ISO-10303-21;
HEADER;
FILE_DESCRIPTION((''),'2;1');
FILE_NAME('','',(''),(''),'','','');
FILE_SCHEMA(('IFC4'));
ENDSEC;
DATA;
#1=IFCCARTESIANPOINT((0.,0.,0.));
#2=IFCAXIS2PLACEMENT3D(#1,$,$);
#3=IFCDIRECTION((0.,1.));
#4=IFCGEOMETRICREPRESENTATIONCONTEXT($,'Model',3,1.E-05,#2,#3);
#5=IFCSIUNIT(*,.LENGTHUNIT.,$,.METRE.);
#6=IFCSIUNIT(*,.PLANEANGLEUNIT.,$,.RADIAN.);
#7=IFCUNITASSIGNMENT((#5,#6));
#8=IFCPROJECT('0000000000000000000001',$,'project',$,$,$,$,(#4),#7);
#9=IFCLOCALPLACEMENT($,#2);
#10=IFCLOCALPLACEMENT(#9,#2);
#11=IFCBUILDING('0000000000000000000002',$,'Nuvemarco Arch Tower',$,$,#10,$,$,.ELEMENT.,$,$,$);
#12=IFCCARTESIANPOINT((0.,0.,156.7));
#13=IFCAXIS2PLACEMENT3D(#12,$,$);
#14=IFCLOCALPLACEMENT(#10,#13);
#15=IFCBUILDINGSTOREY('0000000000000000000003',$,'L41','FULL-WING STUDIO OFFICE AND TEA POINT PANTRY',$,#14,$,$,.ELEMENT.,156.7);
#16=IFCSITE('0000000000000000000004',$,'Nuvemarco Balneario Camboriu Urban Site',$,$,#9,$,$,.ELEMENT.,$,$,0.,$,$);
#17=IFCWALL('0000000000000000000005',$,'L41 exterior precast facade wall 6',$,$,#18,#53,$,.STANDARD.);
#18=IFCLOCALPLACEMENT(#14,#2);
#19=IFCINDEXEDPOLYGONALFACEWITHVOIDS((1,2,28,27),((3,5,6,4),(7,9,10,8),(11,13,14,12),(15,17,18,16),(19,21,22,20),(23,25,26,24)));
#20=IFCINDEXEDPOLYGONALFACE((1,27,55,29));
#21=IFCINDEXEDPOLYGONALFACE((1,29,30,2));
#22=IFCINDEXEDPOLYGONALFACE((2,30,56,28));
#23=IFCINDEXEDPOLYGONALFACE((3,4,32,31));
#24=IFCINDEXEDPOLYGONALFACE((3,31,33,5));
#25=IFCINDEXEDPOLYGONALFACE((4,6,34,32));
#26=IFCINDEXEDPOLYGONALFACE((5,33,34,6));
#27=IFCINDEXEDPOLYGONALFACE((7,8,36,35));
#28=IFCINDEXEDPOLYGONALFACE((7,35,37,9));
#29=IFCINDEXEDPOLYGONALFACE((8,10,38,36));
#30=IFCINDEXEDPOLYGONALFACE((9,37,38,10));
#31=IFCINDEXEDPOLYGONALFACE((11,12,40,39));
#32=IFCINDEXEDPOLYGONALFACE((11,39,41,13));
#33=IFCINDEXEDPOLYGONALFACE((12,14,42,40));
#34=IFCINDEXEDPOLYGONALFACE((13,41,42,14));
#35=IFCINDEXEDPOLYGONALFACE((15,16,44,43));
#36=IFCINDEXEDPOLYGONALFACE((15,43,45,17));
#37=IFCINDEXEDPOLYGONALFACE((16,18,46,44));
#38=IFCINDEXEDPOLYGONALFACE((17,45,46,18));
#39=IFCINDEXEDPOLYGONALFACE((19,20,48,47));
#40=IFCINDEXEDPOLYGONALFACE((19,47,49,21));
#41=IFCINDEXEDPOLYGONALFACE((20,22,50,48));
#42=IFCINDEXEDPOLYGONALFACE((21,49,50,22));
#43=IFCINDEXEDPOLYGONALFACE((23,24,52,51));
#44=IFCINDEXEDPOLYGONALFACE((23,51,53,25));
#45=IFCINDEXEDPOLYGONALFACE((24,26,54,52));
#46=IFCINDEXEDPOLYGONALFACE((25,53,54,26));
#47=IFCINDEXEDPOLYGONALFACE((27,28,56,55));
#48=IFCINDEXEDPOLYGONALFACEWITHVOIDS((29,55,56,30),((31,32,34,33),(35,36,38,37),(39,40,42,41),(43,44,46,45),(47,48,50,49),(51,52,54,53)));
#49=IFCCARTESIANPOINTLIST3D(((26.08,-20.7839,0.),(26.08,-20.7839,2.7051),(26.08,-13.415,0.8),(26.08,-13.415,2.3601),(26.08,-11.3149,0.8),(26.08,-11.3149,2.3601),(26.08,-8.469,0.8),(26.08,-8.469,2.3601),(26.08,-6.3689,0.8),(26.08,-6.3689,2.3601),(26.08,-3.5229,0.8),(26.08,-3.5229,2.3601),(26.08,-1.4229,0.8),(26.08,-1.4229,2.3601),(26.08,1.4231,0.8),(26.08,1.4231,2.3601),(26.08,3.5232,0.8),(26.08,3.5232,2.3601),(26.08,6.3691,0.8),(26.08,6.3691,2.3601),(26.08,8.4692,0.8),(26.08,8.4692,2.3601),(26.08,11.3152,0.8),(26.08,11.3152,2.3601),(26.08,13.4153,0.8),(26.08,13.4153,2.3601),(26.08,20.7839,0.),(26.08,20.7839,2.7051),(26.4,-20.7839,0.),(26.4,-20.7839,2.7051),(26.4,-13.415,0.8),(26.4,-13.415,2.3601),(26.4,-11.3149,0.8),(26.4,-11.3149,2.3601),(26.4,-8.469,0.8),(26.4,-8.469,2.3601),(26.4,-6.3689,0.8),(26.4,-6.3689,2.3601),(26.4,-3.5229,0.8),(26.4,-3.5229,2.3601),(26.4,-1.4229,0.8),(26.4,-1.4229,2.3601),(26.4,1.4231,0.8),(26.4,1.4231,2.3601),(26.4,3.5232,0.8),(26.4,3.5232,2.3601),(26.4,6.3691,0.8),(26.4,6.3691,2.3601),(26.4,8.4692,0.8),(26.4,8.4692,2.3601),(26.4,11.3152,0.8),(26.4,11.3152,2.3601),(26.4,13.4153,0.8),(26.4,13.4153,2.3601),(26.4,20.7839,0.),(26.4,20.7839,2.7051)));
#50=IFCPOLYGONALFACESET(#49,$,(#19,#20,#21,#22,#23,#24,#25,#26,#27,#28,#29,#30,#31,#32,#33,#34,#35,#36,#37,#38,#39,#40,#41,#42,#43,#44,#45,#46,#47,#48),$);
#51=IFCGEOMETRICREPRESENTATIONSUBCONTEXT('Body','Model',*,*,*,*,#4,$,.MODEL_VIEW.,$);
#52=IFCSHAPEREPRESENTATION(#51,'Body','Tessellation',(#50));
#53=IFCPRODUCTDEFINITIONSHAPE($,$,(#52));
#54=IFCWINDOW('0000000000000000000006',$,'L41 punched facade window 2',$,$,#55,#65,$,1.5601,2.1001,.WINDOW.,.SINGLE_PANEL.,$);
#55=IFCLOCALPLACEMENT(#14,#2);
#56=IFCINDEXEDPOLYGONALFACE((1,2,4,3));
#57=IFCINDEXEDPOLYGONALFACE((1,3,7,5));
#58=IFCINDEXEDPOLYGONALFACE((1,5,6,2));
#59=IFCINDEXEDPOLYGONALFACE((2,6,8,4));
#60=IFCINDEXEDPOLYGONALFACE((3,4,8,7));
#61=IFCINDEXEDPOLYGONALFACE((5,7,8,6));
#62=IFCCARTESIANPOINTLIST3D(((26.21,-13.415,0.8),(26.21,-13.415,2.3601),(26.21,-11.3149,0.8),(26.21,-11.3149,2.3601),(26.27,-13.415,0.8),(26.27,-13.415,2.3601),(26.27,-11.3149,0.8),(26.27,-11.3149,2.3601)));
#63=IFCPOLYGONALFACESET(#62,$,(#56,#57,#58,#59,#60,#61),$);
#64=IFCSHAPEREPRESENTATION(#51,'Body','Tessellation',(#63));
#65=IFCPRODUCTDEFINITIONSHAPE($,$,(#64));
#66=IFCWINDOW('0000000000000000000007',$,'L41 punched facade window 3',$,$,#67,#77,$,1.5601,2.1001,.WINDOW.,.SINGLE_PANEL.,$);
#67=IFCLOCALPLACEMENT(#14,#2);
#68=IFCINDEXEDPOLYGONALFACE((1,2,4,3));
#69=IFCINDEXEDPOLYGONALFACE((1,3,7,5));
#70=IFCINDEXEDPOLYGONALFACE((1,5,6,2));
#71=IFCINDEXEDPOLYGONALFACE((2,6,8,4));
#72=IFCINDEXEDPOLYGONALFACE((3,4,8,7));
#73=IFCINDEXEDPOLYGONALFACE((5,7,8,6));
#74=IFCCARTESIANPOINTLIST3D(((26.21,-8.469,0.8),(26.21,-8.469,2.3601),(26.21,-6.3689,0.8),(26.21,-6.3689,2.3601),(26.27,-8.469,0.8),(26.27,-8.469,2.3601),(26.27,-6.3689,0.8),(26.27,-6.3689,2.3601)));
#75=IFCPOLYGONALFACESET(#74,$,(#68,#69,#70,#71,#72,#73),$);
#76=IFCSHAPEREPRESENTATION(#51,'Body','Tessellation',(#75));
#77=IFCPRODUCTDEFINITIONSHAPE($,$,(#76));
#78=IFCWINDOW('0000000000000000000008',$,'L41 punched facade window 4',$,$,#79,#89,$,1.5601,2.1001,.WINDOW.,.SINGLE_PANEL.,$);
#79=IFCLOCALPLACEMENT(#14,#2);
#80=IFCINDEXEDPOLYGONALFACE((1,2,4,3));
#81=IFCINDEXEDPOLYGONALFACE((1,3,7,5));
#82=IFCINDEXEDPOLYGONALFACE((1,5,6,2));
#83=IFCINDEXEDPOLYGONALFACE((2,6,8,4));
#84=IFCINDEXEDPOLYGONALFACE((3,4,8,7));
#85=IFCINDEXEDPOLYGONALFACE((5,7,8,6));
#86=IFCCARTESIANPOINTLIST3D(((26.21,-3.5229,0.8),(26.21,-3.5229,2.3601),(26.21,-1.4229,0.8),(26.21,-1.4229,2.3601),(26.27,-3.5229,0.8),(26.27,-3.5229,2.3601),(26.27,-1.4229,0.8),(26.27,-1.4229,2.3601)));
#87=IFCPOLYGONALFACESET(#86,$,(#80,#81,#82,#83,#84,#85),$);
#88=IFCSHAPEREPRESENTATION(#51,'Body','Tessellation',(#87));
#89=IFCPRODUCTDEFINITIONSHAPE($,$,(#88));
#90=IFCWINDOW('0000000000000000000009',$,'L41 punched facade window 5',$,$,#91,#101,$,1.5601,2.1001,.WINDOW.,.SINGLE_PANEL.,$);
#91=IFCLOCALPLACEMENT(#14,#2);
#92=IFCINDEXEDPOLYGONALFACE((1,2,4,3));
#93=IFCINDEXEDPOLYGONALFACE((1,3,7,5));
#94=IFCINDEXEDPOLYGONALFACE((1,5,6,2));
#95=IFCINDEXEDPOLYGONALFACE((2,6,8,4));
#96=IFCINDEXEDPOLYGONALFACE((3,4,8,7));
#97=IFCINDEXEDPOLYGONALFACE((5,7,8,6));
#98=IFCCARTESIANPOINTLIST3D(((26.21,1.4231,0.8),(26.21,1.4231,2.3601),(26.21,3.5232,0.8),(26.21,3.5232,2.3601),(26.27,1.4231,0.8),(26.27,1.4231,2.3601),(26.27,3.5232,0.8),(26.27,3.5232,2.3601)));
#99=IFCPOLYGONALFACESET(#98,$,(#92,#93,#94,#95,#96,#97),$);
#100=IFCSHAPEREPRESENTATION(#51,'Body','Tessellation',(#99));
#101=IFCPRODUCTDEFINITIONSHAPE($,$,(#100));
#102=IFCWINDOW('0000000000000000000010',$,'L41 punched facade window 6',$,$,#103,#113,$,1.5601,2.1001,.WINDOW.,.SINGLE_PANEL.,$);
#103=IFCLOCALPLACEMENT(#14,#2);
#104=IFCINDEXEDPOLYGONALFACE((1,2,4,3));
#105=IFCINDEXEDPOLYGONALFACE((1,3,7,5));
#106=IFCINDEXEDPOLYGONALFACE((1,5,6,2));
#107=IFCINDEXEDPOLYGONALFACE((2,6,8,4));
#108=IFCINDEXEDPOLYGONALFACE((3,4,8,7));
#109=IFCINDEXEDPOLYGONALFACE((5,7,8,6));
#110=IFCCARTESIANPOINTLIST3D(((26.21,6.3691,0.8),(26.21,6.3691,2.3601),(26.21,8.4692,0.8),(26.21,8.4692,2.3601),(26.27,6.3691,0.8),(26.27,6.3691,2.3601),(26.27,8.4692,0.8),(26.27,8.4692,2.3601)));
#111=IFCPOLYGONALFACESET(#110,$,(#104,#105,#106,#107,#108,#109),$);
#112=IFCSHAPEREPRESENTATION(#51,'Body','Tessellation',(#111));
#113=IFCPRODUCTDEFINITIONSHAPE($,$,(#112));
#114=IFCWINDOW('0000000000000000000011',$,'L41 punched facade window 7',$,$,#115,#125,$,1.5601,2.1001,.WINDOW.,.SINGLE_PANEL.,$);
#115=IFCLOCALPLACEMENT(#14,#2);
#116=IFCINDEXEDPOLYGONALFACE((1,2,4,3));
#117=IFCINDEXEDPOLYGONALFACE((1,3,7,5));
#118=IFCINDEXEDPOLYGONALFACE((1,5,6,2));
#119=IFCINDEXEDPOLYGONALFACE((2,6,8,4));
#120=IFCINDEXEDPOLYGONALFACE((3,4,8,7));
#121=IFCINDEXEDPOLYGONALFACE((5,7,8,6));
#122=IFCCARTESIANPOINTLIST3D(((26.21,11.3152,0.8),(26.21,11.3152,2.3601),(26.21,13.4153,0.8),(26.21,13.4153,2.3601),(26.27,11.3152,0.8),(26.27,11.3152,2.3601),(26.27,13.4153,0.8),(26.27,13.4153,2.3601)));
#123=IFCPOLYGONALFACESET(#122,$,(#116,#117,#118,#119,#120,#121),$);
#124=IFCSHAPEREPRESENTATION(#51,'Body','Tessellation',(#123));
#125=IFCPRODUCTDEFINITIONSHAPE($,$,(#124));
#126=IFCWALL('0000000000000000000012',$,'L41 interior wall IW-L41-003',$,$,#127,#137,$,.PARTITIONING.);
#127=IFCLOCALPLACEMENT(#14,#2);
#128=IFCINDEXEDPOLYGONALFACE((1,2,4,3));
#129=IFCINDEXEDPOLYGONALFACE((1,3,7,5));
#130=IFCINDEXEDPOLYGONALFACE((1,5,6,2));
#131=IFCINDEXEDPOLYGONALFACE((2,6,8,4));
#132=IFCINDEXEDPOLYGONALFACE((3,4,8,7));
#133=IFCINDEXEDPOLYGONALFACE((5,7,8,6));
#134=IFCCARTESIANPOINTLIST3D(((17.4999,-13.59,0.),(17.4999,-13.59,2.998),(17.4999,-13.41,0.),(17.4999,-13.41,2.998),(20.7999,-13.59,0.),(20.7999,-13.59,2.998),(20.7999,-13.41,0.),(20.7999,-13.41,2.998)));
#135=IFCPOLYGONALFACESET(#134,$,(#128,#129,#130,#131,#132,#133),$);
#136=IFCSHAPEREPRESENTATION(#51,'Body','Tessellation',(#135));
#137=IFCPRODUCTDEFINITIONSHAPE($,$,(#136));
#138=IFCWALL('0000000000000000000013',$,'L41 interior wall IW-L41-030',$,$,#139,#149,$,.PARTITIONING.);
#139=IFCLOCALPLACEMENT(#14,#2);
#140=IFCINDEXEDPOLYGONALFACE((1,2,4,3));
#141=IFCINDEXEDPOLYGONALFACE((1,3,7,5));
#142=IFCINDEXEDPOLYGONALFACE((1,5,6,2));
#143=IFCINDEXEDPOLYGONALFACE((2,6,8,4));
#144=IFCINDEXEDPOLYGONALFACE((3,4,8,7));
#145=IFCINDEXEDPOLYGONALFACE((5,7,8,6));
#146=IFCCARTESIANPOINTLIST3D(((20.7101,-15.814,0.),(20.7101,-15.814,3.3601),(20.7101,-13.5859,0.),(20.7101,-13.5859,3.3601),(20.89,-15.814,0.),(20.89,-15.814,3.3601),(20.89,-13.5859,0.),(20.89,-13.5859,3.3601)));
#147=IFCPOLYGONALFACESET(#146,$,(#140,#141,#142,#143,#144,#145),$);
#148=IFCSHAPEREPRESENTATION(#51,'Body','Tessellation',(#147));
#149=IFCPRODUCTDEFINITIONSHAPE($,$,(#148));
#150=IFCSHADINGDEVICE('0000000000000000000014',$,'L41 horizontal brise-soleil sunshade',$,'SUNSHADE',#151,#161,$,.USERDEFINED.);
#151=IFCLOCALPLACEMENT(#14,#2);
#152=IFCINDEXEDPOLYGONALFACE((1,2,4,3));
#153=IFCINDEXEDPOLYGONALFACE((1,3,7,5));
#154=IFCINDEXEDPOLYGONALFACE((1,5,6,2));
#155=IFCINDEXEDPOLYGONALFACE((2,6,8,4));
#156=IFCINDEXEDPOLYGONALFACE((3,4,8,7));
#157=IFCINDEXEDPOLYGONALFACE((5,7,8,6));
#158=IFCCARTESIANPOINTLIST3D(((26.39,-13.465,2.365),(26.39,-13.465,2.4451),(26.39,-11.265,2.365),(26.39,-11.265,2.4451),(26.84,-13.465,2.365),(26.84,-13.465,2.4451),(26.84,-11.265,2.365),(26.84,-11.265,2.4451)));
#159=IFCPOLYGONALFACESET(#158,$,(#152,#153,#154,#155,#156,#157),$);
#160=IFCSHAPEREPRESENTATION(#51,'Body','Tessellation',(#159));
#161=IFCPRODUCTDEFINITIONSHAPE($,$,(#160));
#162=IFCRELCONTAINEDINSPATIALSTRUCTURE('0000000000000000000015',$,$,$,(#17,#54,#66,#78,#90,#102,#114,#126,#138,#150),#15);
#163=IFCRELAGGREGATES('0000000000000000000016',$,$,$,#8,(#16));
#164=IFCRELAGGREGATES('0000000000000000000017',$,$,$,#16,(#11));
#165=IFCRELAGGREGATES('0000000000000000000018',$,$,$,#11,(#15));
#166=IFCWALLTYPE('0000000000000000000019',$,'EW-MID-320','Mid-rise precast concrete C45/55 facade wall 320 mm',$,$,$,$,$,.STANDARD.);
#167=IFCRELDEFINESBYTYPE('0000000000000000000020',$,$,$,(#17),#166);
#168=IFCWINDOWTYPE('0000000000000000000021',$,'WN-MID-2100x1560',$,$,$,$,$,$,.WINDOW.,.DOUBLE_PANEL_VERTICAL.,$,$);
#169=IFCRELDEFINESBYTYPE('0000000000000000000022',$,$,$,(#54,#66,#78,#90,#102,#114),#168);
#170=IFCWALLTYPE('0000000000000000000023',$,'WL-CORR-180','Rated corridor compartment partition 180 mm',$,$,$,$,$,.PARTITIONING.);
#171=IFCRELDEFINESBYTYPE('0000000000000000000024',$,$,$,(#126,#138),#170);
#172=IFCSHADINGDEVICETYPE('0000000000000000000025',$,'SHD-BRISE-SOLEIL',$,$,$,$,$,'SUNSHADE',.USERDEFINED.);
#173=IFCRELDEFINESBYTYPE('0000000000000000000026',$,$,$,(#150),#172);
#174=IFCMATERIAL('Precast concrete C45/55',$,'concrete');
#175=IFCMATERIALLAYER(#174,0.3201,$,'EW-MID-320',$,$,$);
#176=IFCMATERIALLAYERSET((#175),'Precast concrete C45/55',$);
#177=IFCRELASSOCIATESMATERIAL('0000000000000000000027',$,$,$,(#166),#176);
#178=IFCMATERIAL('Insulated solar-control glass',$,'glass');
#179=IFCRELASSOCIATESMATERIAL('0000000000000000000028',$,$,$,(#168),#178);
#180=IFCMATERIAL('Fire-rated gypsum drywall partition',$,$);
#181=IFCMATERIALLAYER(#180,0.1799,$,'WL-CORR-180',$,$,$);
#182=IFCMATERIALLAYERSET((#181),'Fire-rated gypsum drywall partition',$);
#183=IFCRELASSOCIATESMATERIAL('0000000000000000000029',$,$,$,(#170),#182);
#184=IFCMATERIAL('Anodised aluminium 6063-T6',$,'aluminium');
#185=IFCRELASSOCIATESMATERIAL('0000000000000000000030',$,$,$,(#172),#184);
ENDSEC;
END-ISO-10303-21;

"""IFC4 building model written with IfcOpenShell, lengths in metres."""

from ifc_helpers import new_model, si_unit, direction, frame, frame_2d, origin, origin_2d, place, context, subcontext, project, spatial, rectangle, extrude, source, transform, mapped, material, layer, layer_set, type_object, type_shapes, element, fill, save


model = new_model("IFC4")

# Units and contexts
model_context = context("Model", 3, precision=1e-05, world=origin(), true_north=direction((0.0, 1.0)))
body_context = subcontext(model_context, "Body", "Model", "MODEL_VIEW")
ifc_project = project(units=[si_unit("LENGTHUNIT", "METRE"), si_unit("PLANEANGLEUNIT", "RADIAN")], contexts=[model_context])

# Site, building, storey
site_placement = place(None, origin())
site = spatial("IfcSite", under=ifc_project, at=site_placement, Name="Nuvemarco Balneario Camboriu Urban Site", CompositionType="ELEMENT", RefElevation=0.0)
building_placement = place(site_placement, origin())
building = spatial("IfcBuilding", under=site, at=building_placement, Name="Nuvemarco Arch Tower", CompositionType="ELEMENT")
storey_placement = place(building_placement, frame((0.0, 0.0, 156.7)))
storey = spatial("IfcBuildingStorey", under=building, at=storey_placement, Name="L41", Description="FULL-WING STUDIO OFFICE AND TEA POINT PANTRY", CompositionType="ELEMENT", Elevation=156.7)

# Shared definitions
ifc_material_1 = material(Name="Precast concrete C45/55", Category="concrete")

# Shared definitions
ifc_layer_1 = layer(ifc_material_1, 0.3201, Name="EW-MID-320")
ifc_layer_set_1 = layer_set([ifc_layer_1], Name="Precast concrete C45/55")
wall_type_1 = type_object("IfcWallType", Name="EW-MID-320", Description="Mid-rise precast concrete C45/55 facade wall 320 mm", PredefinedType="STANDARD", material=ifc_layer_set_1)

# Wall, openings, windows
wall_1_placement = place(storey_placement, frame((26.24, -20.7839, 0.0), z_axis=(0.0, 0.0, 1.0), x_axis=(0.0, 1.0, 0.0)))
wall_1 = element("IfcWall", 1, at=wall_1_placement, inside=storey, type_object=wall_type_1, Name="L41 exterior precast facade wall 6", PredefinedType="STANDARD", context=body_context, shape_type="SweptSolid", body=[
    extrude(rectangle(XDim=41.5679, YDim=0.3201, at=frame_2d((20.7839, 0.0))), origin(), (0.0, 0.0, 1.0), 2.7051),
])
opening_1_placement = place(wall_1_placement, frame((7.3689, 0.0, 0.8)))
opening_1 = element("IfcOpeningElement", 2, at=opening_1_placement, cuts=wall_1, PredefinedType="OPENING", context=body_context, shape_type="SweptSolid", body=[
    extrude(rectangle(XDim=2.1001, YDim=1.5601, at=frame_2d((1.05, 0.78))), frame((0.0, 0.1699, 0.0), z_axis=(0.0, -1.0, 0.0), x_axis=(1.0, 0.0, 0.0)), (0.0, 0.0, 1.0), 0.3401),
])
opening_2_placement = place(wall_1_placement, frame((12.3149, 0.0, 0.8)))
opening_2 = element("IfcOpeningElement", 3, at=opening_2_placement, cuts=wall_1, PredefinedType="OPENING", context=body_context, shape_type="SweptSolid", body=[
    extrude(rectangle(XDim=2.1001, YDim=1.5601, at=frame_2d((1.05, 0.78))), frame((0.0, 0.1699, 0.0), z_axis=(0.0, -1.0, 0.0), x_axis=(1.0, 0.0, 0.0)), (0.0, 0.0, 1.0), 0.3401),
])
opening_3_placement = place(wall_1_placement, frame((17.261, 0.0, 0.8)))
opening_3 = element("IfcOpeningElement", 4, at=opening_3_placement, cuts=wall_1, PredefinedType="OPENING", context=body_context, shape_type="SweptSolid", body=[
    extrude(rectangle(XDim=2.1001, YDim=1.5601, at=frame_2d((1.05, 0.78))), frame((0.0, 0.1699, 0.0), z_axis=(0.0, -1.0, 0.0), x_axis=(1.0, 0.0, 0.0)), (0.0, 0.0, 1.0), 0.3401),
])
opening_4_placement = place(wall_1_placement, frame((22.207, 0.0, 0.8)))
opening_4 = element("IfcOpeningElement", 5, at=opening_4_placement, cuts=wall_1, PredefinedType="OPENING", context=body_context, shape_type="SweptSolid", body=[
    extrude(rectangle(XDim=2.1001, YDim=1.5601, at=frame_2d((1.05, 0.78))), frame((0.0, 0.1699, 0.0), z_axis=(0.0, -1.0, 0.0), x_axis=(1.0, 0.0, 0.0)), (0.0, 0.0, 1.0), 0.3401),
])
opening_5_placement = place(wall_1_placement, frame((27.1531, 0.0, 0.8)))
opening_5 = element("IfcOpeningElement", 6, at=opening_5_placement, cuts=wall_1, PredefinedType="OPENING", context=body_context, shape_type="SweptSolid", body=[
    extrude(rectangle(XDim=2.1001, YDim=1.5601, at=frame_2d((1.05, 0.78))), frame((0.0, 0.1699, 0.0), z_axis=(0.0, -1.0, 0.0), x_axis=(1.0, 0.0, 0.0)), (0.0, 0.0, 1.0), 0.3401),
])
opening_6_placement = place(wall_1_placement, frame((32.0991, 0.0, 0.8)))
opening_6 = element("IfcOpeningElement", 7, at=opening_6_placement, cuts=wall_1, PredefinedType="OPENING", context=body_context, shape_type="SweptSolid", body=[
    extrude(rectangle(XDim=2.1001, YDim=1.5601, at=frame_2d((1.05, 0.78))), frame((0.0, 0.1699, 0.0), z_axis=(0.0, -1.0, 0.0), x_axis=(1.0, 0.0, 0.0)), (0.0, 0.0, 1.0), 0.3401),
])
ifc_material_2 = material(Name="Insulated solar-control glass", Category="glass")
window_type = type_object("IfcWindowType", Name="WN-MID-2100x1560", PartitioningType="DOUBLE_PANEL_VERTICAL", PredefinedType="WINDOW", material=ifc_material_2)
shared_shape_1 = source(origin(), body_context, "Body", "SweptSolid", [
    extrude(rectangle(XDim=2.1001, YDim=1.5601, at=frame_2d((1.05, 0.78))), frame((0.0, 0.03, 0.0), z_axis=(0.0, -1.0, 0.0), x_axis=(1.0, 0.0, 0.0)), (0.0, 0.0, 1.0), 0.0601),
])
type_shapes(window_type, [shared_shape_1])
window_1_placement = place(opening_1_placement, origin())
window_1 = element("IfcWindow", 8, at=window_1_placement, inside=storey, type_object=window_type, Name="L41 punched facade window 2", OverallHeight=1.5601, OverallWidth=2.1001, PartitioningType="SINGLE_PANEL", PredefinedType="WINDOW", context=body_context, shape_type="MappedRepresentation", body=[
    mapped(shared_shape_1, transform((0.0, 0.0, 0.0), scale=1.0)),
])
fill(opening_1, window_1)
window_2_placement = place(opening_2_placement, origin())
window_2 = element("IfcWindow", 9, at=window_2_placement, inside=storey, type_object=window_type, Name="L41 punched facade window 3", OverallHeight=1.5601, OverallWidth=2.1001, PartitioningType="SINGLE_PANEL", PredefinedType="WINDOW", context=body_context, shape_type="MappedRepresentation", body=[
    mapped(shared_shape_1, transform((0.0, 0.0, 0.0), scale=1.0)),
])
fill(opening_2, window_2)
window_3_placement = place(opening_3_placement, origin())
window_3 = element("IfcWindow", 10, at=window_3_placement, inside=storey, type_object=window_type, Name="L41 punched facade window 4", OverallHeight=1.5601, OverallWidth=2.1001, PartitioningType="SINGLE_PANEL", PredefinedType="WINDOW", context=body_context, shape_type="MappedRepresentation", body=[
    mapped(shared_shape_1, transform((0.0, 0.0, 0.0), scale=1.0)),
])
fill(opening_3, window_3)
window_4_placement = place(opening_4_placement, origin())
window_4 = element("IfcWindow", 11, at=window_4_placement, inside=storey, type_object=window_type, Name="L41 punched facade window 5", OverallHeight=1.5601, OverallWidth=2.1001, PartitioningType="SINGLE_PANEL", PredefinedType="WINDOW", context=body_context, shape_type="MappedRepresentation", body=[
    mapped(shared_shape_1, transform((0.0, 0.0, 0.0), scale=1.0)),
])
fill(opening_4, window_4)
window_5_placement = place(opening_5_placement, origin())
window_5 = element("IfcWindow", 12, at=window_5_placement, inside=storey, type_object=window_type, Name="L41 punched facade window 6", OverallHeight=1.5601, OverallWidth=2.1001, PartitioningType="SINGLE_PANEL", PredefinedType="WINDOW", context=body_context, shape_type="MappedRepresentation", body=[
    mapped(shared_shape_1, transform((0.0, 0.0, 0.0), scale=1.0)),
])
fill(opening_5, window_5)
window_6_placement = place(opening_6_placement, origin())
window_6 = element("IfcWindow", 13, at=window_6_placement, inside=storey, type_object=window_type, Name="L41 punched facade window 7", OverallHeight=1.5601, OverallWidth=2.1001, PartitioningType="SINGLE_PANEL", PredefinedType="WINDOW", context=body_context, shape_type="MappedRepresentation", body=[
    mapped(shared_shape_1, transform((0.0, 0.0, 0.0), scale=1.0)),
])
fill(opening_6, window_6)

# Walls
ifc_material_3 = material(Name="Fire-rated gypsum drywall partition")
ifc_layer_2 = layer(ifc_material_3, 0.1799, Name="WL-CORR-180")
ifc_layer_set_2 = layer_set([ifc_layer_2], Name="Fire-rated gypsum drywall partition")
wall_type_2 = type_object("IfcWallType", Name="WL-CORR-180", Description="Rated corridor compartment partition 180 mm", PredefinedType="PARTITIONING", material=ifc_layer_set_2)
wall_2_placement = place(storey_placement, frame((17.5, -13.5, 0.0), z_axis=(0.0, 0.0, 1.0), x_axis=(1.0, 0.0, 0.0)))
element("IfcWall", 14, at=wall_2_placement, inside=storey, type_object=wall_type_2, Name="L41 interior wall IW-L41-003", PredefinedType="PARTITIONING", context=body_context, shape_type="SweptSolid", body=[
    extrude(rectangle(XDim=3.3, YDim=0.1799, at=frame_2d((1.6499, 0.0))), origin(), (0.0, 0.0, 1.0), 2.998),
])
wall_3_placement = place(storey_placement, frame((20.8, -15.814, 0.0), z_axis=(0.0, 0.0, 1.0), x_axis=(0.0, 1.0, 0.0)))
element("IfcWall", 15, at=wall_3_placement, inside=storey, type_object=wall_type_2, Name="L41 interior wall IW-L41-030", PredefinedType="PARTITIONING", context=body_context, shape_type="SweptSolid", body=[
    extrude(rectangle(XDim=2.228, YDim=0.1799, at=frame_2d((1.114, 0.0))), origin(), (0.0, 0.0, 1.0), 3.3601),
])

# Shading device
ifc_material_4 = material(Name="Anodised aluminium 6063-T6", Category="aluminium")
shading_device_type_1 = type_object("IfcShadingDeviceType", Name="SHD-BRISE-SOLEIL", ElementType="SUNSHADE", PredefinedType="USERDEFINED", material=ifc_material_4)
shared_shape_2 = source(origin(), body_context, "Body", "SweptSolid", [
    extrude(rectangle(XDim=2.2, YDim=0.45, at=origin_2d()), origin(), (0.0, 0.0, 1.0), 0.0801),
])
type_shapes(shading_device_type_1, [shared_shape_2])
shading_device_placement = place(storey_placement, frame((26.615, -12.365, 2.365), z_axis=(0.0, 0.0, 1.0), x_axis=(0.0, 1.0, 0.0)))
element("IfcShadingDevice", 16, at=shading_device_placement, inside=storey, type_object=shading_device_type_1, Name="L41 horizontal brise-soleil sunshade", ObjectType="SUNSHADE", PredefinedType="USERDEFINED", context=body_context, shape_type="MappedRepresentation", body=[
    mapped(shared_shape_2, transform((0.0, 0.0, 0.0), scale=1.0)),
])

save(model, "model.ifc")
